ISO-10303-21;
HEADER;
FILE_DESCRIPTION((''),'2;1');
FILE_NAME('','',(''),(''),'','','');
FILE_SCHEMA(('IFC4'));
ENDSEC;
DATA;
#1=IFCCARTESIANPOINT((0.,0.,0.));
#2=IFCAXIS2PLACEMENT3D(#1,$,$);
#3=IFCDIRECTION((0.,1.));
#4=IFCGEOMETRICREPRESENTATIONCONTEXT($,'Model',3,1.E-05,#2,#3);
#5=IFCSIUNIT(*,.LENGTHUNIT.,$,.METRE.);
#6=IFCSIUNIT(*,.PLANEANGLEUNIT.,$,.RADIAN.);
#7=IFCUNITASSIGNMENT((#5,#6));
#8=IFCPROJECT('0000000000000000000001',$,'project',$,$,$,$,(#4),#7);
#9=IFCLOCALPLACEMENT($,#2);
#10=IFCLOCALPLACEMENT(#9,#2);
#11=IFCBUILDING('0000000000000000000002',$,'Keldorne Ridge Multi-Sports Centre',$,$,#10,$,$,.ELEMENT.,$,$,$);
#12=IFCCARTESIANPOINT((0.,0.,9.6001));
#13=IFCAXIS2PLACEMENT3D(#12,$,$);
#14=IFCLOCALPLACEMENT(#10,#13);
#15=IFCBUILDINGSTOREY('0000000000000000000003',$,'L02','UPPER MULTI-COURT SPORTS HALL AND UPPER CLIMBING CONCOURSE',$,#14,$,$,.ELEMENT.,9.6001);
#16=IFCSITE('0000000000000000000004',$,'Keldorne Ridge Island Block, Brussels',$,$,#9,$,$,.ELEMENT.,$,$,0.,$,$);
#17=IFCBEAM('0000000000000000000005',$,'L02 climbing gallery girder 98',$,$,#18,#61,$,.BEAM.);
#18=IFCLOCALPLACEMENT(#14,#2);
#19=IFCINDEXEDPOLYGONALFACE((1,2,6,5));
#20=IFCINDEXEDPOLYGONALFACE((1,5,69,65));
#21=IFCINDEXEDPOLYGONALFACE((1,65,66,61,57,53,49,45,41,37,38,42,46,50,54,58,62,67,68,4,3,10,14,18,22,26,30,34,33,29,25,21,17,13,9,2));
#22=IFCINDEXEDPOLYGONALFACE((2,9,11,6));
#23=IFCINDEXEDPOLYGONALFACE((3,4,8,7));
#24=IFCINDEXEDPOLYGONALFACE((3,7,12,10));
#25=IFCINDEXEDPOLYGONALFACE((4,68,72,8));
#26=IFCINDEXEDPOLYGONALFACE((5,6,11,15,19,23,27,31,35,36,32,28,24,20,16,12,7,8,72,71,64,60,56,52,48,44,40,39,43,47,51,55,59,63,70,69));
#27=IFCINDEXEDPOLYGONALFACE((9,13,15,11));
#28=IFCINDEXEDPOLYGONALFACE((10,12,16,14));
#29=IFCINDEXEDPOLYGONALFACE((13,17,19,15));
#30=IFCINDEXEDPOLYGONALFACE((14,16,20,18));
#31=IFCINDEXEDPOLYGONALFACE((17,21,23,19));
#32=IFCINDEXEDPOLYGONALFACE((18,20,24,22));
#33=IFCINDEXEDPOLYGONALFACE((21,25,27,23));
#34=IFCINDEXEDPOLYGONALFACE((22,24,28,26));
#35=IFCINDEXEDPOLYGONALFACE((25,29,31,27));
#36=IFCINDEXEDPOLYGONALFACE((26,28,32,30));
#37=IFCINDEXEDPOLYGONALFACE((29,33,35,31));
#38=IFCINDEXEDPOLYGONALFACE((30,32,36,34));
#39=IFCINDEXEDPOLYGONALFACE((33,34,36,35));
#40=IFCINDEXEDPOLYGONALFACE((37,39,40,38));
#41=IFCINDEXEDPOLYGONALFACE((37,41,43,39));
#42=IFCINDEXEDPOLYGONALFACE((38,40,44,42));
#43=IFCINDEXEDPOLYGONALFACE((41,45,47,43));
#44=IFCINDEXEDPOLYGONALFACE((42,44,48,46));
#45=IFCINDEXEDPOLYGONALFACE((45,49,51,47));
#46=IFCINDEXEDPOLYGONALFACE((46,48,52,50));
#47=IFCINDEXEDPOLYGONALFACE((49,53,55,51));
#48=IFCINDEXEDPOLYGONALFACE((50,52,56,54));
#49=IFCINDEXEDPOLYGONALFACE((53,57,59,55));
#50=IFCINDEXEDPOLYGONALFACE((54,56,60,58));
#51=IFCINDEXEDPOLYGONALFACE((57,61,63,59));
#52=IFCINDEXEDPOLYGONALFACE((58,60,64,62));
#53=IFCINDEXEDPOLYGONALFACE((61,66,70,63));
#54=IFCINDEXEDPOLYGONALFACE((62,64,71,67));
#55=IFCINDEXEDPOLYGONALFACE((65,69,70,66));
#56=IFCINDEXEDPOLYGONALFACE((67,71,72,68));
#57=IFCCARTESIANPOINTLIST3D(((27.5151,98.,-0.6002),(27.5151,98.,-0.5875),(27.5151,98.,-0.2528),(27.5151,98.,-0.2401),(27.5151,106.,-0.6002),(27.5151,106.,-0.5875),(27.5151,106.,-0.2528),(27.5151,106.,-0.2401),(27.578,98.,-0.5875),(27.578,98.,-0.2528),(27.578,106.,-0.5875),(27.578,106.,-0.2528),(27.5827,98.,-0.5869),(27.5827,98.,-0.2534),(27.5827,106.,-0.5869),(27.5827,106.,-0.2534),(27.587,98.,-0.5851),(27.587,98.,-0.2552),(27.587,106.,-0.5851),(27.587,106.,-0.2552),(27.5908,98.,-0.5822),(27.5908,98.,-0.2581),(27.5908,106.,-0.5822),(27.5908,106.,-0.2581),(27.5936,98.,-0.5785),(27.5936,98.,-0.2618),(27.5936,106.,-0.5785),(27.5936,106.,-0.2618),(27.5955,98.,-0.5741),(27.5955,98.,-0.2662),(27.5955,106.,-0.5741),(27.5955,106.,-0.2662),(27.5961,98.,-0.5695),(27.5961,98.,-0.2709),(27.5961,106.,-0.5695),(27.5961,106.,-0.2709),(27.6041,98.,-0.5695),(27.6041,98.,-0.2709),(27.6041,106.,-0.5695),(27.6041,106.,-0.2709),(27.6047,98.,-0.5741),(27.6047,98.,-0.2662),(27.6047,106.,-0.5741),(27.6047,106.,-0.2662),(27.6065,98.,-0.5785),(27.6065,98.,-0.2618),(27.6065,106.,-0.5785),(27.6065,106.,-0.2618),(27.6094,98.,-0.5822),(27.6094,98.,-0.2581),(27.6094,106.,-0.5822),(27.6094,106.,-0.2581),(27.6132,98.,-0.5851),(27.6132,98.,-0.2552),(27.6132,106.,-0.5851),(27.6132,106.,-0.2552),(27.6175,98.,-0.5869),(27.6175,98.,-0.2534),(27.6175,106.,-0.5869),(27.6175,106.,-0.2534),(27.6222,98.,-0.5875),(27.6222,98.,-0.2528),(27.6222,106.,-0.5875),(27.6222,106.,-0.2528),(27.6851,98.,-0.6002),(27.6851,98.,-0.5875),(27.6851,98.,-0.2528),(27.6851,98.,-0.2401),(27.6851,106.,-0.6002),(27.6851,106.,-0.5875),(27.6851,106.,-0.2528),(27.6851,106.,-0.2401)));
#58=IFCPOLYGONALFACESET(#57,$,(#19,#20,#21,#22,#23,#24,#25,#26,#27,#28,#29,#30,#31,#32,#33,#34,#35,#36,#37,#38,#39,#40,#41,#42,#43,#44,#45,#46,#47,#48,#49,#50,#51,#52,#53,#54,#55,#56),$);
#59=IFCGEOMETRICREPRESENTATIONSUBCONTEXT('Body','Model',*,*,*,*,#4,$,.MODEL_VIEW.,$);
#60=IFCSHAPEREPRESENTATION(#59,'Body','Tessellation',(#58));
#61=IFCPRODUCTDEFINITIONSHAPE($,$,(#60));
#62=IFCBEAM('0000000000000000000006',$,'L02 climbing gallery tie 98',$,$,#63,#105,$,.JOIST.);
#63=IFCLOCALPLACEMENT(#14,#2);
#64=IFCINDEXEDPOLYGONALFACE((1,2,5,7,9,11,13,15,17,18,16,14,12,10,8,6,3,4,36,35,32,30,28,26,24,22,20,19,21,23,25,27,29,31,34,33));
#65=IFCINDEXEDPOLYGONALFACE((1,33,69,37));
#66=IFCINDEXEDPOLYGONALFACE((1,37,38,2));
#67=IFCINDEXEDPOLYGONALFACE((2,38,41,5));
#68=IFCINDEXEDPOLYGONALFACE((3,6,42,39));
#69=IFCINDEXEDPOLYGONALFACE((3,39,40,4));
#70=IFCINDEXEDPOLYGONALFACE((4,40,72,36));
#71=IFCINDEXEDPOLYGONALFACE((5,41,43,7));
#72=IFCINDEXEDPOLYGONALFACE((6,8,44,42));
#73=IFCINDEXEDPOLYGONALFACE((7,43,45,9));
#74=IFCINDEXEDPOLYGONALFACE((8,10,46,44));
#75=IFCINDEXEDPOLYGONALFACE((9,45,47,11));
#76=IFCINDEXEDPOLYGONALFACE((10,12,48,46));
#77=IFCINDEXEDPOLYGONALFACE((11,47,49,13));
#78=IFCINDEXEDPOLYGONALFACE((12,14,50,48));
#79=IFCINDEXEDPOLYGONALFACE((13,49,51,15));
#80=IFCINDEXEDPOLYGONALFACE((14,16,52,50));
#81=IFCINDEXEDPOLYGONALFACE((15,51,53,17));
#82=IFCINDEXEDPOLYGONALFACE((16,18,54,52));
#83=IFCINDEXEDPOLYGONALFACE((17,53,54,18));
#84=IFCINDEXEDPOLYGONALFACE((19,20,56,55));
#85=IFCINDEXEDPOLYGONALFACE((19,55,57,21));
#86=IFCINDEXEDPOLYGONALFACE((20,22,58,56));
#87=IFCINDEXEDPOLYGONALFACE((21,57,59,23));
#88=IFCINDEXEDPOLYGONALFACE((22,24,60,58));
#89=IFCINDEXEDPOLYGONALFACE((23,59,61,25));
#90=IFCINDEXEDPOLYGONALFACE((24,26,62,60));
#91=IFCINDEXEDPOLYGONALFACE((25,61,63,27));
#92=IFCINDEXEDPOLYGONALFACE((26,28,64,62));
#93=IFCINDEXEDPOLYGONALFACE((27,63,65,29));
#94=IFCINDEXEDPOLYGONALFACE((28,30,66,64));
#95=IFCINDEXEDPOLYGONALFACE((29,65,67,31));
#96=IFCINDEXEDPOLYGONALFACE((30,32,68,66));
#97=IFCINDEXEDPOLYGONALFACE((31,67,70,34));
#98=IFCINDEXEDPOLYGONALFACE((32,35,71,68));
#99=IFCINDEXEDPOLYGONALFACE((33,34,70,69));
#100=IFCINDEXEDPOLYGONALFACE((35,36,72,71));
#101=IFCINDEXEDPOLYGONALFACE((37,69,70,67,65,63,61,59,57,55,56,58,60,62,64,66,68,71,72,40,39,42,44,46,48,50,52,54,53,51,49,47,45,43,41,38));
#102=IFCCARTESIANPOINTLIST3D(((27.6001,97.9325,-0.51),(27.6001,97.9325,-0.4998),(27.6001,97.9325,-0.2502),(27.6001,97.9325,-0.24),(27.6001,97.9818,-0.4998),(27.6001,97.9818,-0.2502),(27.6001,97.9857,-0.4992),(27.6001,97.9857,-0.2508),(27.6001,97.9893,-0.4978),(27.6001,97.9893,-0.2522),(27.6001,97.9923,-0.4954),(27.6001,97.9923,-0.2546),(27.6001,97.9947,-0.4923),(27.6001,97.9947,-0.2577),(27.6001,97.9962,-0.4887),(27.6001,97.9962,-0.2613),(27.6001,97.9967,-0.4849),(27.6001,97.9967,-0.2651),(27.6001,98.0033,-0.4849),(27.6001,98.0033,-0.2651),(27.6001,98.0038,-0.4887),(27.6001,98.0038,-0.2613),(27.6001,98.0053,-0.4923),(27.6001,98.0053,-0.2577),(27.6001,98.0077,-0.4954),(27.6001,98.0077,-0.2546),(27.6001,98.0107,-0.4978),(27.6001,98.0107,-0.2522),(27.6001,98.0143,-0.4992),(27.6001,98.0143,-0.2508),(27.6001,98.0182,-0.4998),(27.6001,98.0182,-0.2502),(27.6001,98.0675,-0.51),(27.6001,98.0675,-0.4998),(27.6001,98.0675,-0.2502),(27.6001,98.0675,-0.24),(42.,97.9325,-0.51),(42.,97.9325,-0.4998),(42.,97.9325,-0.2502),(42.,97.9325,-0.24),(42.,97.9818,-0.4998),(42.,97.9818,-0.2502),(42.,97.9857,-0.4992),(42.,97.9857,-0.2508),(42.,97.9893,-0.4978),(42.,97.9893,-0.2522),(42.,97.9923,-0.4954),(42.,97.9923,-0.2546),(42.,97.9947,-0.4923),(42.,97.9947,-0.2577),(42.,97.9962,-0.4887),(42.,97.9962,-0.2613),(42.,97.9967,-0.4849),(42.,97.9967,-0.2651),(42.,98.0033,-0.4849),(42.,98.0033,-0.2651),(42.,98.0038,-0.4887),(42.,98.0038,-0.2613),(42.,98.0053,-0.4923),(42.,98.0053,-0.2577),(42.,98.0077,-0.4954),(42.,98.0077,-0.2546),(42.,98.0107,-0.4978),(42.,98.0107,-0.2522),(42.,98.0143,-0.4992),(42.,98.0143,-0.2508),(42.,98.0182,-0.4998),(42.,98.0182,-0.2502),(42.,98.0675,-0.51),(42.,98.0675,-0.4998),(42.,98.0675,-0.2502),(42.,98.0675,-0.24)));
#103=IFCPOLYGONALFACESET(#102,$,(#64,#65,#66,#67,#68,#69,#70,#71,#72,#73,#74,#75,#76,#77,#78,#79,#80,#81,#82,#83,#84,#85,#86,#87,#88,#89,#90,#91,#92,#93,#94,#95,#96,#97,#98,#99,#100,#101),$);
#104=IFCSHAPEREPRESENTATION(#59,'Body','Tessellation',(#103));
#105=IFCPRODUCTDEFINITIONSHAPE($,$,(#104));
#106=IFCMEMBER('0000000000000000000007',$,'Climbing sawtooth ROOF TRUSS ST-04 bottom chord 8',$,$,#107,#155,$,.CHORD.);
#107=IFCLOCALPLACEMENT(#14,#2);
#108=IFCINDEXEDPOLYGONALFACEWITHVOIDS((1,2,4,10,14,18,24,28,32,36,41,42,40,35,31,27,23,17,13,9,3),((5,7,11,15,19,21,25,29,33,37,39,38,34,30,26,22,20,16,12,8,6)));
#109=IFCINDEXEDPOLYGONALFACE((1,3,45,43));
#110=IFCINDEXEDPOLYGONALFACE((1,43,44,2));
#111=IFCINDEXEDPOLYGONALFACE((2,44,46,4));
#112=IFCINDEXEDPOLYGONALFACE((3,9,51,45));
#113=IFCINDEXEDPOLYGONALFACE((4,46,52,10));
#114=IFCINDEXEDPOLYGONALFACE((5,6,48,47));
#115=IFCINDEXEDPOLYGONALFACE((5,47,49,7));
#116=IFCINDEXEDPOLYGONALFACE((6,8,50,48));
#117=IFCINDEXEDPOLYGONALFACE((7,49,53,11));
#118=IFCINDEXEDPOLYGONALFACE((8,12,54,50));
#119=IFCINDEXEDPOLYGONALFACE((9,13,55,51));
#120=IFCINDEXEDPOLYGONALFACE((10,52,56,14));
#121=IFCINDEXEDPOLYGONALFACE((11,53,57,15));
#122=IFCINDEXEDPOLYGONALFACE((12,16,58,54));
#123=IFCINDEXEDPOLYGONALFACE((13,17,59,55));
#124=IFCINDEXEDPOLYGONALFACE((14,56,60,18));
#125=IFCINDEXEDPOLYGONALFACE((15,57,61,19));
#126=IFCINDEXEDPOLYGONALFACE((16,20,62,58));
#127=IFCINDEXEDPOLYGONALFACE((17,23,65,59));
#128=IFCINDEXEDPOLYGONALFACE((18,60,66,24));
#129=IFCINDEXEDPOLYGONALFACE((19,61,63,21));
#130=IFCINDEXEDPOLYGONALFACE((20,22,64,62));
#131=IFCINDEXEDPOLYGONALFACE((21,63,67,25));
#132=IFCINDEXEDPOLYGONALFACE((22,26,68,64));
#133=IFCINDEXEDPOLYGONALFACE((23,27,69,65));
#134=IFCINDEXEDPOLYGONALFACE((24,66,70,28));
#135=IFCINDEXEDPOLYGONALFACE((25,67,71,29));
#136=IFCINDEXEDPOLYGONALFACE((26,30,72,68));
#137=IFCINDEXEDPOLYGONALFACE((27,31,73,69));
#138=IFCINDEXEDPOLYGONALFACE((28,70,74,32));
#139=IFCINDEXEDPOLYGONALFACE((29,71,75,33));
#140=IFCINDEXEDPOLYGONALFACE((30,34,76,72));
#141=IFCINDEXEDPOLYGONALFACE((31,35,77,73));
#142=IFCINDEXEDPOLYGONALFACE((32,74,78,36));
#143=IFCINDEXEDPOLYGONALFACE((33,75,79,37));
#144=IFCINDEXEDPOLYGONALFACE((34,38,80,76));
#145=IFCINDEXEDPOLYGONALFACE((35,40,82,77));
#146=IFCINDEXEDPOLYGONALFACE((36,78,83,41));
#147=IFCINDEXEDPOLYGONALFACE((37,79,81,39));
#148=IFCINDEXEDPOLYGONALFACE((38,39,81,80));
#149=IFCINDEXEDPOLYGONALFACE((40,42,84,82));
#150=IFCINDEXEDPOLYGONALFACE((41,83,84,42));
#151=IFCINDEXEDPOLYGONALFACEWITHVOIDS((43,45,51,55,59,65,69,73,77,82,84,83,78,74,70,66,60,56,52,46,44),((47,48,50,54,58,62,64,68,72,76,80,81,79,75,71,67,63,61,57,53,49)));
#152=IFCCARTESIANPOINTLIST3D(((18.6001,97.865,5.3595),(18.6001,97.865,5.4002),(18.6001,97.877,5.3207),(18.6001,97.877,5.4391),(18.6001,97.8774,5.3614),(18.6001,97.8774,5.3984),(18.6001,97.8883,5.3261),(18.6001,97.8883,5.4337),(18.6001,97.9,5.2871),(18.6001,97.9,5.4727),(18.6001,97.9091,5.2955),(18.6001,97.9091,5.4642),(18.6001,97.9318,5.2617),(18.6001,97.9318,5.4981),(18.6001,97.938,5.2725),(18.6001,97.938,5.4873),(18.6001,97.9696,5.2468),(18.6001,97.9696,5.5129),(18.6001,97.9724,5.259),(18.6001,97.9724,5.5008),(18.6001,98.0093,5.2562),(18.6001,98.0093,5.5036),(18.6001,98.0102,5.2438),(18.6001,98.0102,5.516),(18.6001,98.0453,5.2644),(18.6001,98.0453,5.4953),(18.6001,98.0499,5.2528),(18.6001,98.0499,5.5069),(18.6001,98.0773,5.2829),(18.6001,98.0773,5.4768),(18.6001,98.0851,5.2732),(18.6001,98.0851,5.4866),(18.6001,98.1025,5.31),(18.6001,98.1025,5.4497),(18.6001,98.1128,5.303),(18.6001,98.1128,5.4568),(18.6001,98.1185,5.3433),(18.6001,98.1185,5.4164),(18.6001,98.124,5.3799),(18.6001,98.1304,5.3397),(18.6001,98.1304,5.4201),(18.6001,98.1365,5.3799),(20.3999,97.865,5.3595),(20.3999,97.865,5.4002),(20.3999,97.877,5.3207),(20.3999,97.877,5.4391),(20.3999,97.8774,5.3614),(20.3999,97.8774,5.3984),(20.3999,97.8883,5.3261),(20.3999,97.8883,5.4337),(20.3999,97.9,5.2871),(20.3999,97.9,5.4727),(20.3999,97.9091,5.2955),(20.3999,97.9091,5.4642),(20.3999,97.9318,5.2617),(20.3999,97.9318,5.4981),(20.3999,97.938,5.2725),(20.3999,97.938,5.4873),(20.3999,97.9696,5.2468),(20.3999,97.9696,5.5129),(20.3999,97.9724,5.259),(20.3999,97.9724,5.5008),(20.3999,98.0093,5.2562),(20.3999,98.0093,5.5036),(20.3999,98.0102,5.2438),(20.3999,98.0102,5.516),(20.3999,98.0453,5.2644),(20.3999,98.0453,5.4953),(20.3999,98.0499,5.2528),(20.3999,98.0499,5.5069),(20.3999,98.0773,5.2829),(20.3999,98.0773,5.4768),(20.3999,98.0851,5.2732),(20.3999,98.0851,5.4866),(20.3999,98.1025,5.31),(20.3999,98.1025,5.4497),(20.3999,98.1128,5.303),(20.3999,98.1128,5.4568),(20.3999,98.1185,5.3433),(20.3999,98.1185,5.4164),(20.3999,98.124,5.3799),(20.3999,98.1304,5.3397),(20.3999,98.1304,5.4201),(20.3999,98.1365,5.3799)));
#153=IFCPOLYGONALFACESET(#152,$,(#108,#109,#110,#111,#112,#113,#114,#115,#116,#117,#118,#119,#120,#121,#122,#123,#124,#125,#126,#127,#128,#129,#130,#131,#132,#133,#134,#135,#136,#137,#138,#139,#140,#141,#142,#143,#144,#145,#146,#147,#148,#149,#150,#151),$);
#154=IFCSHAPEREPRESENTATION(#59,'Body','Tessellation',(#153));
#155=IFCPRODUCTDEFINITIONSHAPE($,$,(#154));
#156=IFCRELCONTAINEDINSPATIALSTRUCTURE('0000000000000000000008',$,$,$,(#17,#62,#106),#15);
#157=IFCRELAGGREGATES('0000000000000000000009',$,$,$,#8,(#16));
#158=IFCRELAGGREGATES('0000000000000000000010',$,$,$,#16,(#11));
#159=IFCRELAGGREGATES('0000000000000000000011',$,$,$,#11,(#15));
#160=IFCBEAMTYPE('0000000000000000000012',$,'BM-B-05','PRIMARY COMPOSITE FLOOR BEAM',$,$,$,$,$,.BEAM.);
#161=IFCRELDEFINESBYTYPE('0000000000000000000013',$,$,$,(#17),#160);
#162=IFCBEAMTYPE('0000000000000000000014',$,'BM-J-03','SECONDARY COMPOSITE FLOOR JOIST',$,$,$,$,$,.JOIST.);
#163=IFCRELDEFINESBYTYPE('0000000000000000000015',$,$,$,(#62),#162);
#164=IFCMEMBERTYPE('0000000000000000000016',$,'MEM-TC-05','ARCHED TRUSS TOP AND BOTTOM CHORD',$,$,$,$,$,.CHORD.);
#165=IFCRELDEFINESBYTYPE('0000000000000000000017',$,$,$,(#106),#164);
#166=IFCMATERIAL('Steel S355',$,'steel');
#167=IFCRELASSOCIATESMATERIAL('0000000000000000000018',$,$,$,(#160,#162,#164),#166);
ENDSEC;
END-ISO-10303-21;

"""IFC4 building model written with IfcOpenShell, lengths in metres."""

from ifc_helpers import new_model, si_unit, direction, frame, origin, origin_2d, place, context, subcontext, project, spatial, hollow_circle, i_section, extrude, material, material_profile, profile_set, type_object, element, save


model = new_model("IFC4")

# Units and contexts
model_context = context("Model", 3, precision=1e-05, world=origin(), true_north=direction((0.0, 1.0)))
body_context = subcontext(model_context, "Body", "Model", "MODEL_VIEW")
ifc_project = project(units=[si_unit("LENGTHUNIT", "METRE"), si_unit("PLANEANGLEUNIT", "RADIAN")], contexts=[model_context])

# Site, building, storey
site_placement = place(None, origin())
site = spatial("IfcSite", under=ifc_project, at=site_placement, Name="Keldorne Ridge Island Block, Brussels", CompositionType="ELEMENT", RefElevation=0.0)
building_placement = place(site_placement, origin())
building = spatial("IfcBuilding", under=site, at=building_placement, Name="Keldorne Ridge Multi-Sports Centre", CompositionType="ELEMENT")
storey_placement = place(building_placement, frame((0.0, 0.0, 9.6001)))
storey = spatial("IfcBuildingStorey", under=building, at=storey_placement, Name="L02", Description="UPPER MULTI-COURT SPORTS HALL AND UPPER CLIMBING CONCOURSE", CompositionType="ELEMENT", Elevation=9.6001)

# Beams
ifc_material = material(Name="Steel S355", Category="steel")
ifc_material_profile_1 = material_profile(ifc_material, i_section(OverallWidth=0.1699, OverallDepth=0.3601, WebThickness=0.0081, FlangeThickness=0.0127, FilletRadius=0.0181, at=origin_2d()), Name="IPE 360")
ifc_profile_set_1 = profile_set([ifc_material_profile_1], Name="Steel S355")
beam_type_1 = type_object("IfcBeamType", Name="BM-B-05", Description="PRIMARY COMPOSITE FLOOR BEAM", PredefinedType="BEAM", material=ifc_profile_set_1)
beam_1_placement = place(storey_placement, frame((27.6001, 98.0, -0.4202), z_axis=(0.0, 1.0, 0.0), x_axis=(-1.0, 0.0, 0.0)))
element("IfcBeam", 1, at=beam_1_placement, inside=storey, type_object=beam_type_1, Name="L02 climbing gallery girder 98", PredefinedType="BEAM", context=body_context, shape_type="SweptSolid", body=[
    extrude(i_section(OverallWidth=0.1699, OverallDepth=0.3601, WebThickness=0.0081, FlangeThickness=0.0127, FilletRadius=0.0181, at=origin_2d()), origin(), (0.0, 0.0, 1.0), 8.0),
])
ifc_material_profile_2 = material_profile(ifc_material, i_section(OverallWidth=0.135, OverallDepth=0.27, WebThickness=0.0066, FlangeThickness=0.0103, FilletRadius=0.0149, at=origin_2d()), Name="IPE 270")
ifc_profile_set_2 = profile_set([ifc_material_profile_2], Name="Steel S355")
beam_type_2 = type_object("IfcBeamType", Name="BM-J-03", Description="SECONDARY COMPOSITE FLOOR JOIST", PredefinedType="JOIST", material=ifc_profile_set_2)
beam_2_placement = place(storey_placement, frame((27.6001, 98.0, -0.375), z_axis=(1.0, 0.0, 0.0), x_axis=(0.0, 1.0, 0.0)))
element("IfcBeam", 2, at=beam_2_placement, inside=storey, type_object=beam_type_2, Name="L02 climbing gallery tie 98", PredefinedType="JOIST", context=body_context, shape_type="SweptSolid", body=[
    extrude(i_section(OverallWidth=0.135, OverallDepth=0.27, WebThickness=0.0066, FlangeThickness=0.0103, FilletRadius=0.0149, at=origin_2d()), origin(), (0.0, 0.0, 1.0), 14.3999),
])

# Member
ifc_material_profile_3 = material_profile(ifc_material, hollow_circle(Radius=0.1365, WallThickness=0.0125, at=origin_2d()), Name="CHS 273x12.5")
ifc_profile_set_3 = profile_set([ifc_material_profile_3], Name="Steel S355")
member_type_1 = type_object("IfcMemberType", Name="MEM-TC-05", Description="ARCHED TRUSS TOP AND BOTTOM CHORD", PredefinedType="CHORD", material=ifc_profile_set_3)
member_1_placement = place(storey_placement, frame((18.6001, 98.0, 5.3799), z_axis=(1.0, 0.0, 0.0), x_axis=(0.0, 1.0, 0.0)))
element("IfcMember", 3, at=member_1_placement, inside=storey, type_object=member_type_1, Name="Climbing sawtooth ROOF TRUSS ST-04 bottom chord 8", PredefinedType="CHORD", context=body_context, shape_type="SweptSolid", body=[
    extrude(hollow_circle(Radius=0.1365, WallThickness=0.0125, at=origin_2d()), origin(), (0.0, 0.0, 1.0), 1.7998),
])

save(model, "model.ifc")
